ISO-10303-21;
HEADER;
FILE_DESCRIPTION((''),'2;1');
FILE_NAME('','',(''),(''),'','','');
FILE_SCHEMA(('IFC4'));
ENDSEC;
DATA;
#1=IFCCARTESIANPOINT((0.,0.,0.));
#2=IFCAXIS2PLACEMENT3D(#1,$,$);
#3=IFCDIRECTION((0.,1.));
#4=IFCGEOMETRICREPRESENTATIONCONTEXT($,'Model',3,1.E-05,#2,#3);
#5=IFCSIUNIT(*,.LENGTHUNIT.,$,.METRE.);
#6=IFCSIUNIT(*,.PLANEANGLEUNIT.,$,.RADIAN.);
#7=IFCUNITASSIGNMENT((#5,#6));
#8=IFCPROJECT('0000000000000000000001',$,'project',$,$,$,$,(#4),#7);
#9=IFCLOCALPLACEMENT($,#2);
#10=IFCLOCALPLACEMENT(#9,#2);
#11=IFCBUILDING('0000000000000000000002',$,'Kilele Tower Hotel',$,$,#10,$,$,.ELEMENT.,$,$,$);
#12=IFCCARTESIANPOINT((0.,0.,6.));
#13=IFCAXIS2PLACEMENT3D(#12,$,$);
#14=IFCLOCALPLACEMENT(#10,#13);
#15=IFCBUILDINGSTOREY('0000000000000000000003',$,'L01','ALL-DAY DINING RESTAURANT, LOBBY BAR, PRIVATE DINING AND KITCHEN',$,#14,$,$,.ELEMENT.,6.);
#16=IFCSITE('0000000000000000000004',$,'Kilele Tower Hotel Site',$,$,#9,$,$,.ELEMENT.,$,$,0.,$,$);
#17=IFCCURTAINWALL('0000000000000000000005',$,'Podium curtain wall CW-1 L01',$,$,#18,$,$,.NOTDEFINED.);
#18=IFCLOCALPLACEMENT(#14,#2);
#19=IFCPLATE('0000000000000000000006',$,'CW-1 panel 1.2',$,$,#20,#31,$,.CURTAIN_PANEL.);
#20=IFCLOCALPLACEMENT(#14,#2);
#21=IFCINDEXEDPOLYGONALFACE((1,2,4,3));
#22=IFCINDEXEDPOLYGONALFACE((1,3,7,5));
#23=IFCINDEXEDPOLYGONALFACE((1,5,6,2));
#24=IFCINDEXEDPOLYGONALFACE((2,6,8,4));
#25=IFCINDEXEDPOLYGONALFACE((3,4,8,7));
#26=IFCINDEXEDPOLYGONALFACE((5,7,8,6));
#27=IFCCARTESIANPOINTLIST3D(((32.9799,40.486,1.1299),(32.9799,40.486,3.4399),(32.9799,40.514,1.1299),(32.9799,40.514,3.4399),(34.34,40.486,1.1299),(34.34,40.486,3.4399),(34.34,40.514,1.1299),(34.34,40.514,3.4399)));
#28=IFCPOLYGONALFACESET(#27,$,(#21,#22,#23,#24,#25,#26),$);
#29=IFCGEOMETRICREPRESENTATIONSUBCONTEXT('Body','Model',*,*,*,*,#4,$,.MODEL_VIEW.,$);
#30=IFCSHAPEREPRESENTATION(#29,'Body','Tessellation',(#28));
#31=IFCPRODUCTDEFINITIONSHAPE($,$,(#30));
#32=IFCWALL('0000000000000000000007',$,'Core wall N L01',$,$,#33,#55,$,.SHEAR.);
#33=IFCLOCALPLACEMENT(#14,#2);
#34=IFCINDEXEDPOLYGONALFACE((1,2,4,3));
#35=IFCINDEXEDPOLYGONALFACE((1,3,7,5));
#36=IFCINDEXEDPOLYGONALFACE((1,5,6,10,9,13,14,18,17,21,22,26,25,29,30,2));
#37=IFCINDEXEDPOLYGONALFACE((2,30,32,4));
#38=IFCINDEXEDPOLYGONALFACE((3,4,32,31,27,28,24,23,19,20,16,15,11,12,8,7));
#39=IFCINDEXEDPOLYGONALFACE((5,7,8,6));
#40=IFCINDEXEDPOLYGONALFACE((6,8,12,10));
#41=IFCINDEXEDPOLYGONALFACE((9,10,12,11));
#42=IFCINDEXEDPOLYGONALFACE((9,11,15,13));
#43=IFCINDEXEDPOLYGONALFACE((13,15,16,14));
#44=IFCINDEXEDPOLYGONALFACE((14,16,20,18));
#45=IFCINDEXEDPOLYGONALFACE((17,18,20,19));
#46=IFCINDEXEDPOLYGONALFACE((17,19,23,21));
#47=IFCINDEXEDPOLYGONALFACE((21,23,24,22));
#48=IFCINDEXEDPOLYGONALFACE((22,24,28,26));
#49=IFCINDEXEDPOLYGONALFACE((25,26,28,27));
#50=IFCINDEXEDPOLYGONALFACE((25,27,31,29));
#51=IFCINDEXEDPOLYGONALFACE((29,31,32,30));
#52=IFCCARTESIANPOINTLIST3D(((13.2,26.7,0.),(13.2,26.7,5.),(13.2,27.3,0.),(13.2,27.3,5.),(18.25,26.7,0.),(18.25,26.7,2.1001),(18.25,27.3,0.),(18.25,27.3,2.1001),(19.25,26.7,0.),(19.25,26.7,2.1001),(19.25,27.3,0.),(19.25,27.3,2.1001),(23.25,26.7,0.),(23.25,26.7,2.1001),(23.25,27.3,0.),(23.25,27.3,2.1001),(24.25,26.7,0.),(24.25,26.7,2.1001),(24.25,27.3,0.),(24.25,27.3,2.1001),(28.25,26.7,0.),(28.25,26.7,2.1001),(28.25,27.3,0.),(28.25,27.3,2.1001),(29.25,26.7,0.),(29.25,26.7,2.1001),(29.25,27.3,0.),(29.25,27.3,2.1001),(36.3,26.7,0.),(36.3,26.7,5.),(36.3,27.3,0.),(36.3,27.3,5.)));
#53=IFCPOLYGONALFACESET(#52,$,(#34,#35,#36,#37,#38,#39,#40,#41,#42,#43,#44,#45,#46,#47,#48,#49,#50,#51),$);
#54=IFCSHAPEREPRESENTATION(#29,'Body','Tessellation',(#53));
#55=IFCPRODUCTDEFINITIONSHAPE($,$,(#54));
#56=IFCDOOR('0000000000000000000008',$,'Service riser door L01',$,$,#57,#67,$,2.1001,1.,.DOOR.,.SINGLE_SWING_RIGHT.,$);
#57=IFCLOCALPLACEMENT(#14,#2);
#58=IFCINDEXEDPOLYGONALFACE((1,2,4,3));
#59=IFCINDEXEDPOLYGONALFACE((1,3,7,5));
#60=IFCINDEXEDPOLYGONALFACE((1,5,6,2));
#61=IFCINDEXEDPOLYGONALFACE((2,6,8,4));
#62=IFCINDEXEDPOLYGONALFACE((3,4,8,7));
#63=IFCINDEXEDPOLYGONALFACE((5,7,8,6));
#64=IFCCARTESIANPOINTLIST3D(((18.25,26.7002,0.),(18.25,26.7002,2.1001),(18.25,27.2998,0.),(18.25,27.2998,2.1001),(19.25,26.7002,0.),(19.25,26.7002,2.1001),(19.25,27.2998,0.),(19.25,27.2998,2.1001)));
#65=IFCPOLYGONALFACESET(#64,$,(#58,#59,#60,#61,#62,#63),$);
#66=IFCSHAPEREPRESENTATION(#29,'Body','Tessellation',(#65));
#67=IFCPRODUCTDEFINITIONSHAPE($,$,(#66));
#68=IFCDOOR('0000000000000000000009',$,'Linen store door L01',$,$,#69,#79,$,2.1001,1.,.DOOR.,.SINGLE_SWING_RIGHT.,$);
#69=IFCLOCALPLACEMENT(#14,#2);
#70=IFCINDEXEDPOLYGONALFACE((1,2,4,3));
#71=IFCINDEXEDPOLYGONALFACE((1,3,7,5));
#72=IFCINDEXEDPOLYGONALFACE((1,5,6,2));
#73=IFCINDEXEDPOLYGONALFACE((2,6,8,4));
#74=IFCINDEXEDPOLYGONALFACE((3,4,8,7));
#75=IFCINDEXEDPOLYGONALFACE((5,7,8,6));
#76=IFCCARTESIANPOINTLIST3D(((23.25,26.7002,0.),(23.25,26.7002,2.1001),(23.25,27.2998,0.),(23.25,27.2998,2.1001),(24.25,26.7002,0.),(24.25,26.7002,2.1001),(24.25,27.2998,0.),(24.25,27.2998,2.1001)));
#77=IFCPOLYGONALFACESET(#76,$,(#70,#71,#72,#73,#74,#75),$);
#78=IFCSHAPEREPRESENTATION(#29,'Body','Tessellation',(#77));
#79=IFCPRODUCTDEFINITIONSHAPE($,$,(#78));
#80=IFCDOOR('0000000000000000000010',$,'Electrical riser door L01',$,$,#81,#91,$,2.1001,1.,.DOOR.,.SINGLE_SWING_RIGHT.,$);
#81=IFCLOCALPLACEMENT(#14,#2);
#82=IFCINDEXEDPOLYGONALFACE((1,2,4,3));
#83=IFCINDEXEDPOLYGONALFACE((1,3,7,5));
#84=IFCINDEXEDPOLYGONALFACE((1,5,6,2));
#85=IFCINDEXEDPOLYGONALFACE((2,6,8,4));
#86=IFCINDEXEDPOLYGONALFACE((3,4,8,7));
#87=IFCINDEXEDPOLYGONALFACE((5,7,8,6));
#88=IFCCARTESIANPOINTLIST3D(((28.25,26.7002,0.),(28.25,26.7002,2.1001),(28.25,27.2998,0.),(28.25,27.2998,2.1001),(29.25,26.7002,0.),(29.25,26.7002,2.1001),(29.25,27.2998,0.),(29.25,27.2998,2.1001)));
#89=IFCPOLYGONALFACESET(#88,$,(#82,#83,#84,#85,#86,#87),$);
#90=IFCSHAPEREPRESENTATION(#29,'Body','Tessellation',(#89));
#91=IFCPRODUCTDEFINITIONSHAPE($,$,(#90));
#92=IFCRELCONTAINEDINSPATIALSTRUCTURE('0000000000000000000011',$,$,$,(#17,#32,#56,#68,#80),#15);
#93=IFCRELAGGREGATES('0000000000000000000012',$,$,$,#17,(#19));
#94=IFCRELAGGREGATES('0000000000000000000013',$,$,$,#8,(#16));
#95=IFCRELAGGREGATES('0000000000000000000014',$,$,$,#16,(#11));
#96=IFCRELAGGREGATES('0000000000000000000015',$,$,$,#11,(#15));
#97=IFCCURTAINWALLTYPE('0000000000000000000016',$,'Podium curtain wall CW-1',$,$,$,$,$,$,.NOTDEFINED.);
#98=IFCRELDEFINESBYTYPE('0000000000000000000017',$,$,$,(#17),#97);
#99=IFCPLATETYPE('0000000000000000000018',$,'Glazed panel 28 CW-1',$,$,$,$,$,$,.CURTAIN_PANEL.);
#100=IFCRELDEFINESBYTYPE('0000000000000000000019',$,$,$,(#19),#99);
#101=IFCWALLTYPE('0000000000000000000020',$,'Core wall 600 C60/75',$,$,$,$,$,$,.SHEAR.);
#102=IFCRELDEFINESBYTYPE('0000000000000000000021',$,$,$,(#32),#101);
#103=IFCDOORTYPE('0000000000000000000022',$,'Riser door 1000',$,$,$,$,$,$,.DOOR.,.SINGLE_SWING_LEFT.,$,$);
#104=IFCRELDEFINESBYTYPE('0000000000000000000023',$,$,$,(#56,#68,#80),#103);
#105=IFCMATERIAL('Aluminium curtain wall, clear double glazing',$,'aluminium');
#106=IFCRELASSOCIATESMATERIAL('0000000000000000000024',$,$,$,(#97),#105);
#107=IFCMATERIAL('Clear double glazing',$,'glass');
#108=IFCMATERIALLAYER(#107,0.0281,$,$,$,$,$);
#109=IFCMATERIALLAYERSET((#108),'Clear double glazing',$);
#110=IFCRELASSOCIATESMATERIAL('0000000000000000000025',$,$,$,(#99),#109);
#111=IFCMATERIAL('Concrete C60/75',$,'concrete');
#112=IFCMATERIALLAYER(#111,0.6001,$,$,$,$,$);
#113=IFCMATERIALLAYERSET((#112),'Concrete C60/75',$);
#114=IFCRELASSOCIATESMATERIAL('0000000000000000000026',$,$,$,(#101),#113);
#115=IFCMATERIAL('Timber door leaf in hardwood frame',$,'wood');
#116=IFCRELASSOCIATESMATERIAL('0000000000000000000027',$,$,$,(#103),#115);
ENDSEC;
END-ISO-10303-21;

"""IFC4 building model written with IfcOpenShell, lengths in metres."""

from ifc_helpers import new_model, si_unit, direction, frame, frame_2d, origin, origin_2d, place, context, subcontext, project, spatial, rectangle, extrude, material, layer, layer_set, type_object, element, fill, aggregate, save


model = new_model("IFC4")

# Units and contexts
model_context = context("Model", 3, precision=1e-05, world=origin(), true_north=direction((0.0, 1.0)))
body_context = subcontext(model_context, "Body", "Model", "MODEL_VIEW")
ifc_project = project(units=[si_unit("LENGTHUNIT", "METRE"), si_unit("PLANEANGLEUNIT", "RADIAN")], contexts=[model_context])

# Site, building, storey
site_placement = place(None, origin())
site = spatial("IfcSite", under=ifc_project, at=site_placement, Name="Kilele Tower Hotel Site", CompositionType="ELEMENT", RefElevation=0.0)
building_placement = place(site_placement, origin())
building = spatial("IfcBuilding", under=site, at=building_placement, Name="Kilele Tower Hotel", CompositionType="ELEMENT")
storey_placement = place(building_placement, frame((0.0, 0.0, 6.0)))
storey = spatial("IfcBuildingStorey", under=building, at=storey_placement, Name="L01", Description="ALL-DAY DINING RESTAURANT, LOBBY BAR, PRIVATE DINING AND KITCHEN", CompositionType="ELEMENT", Elevation=6.0)

# Curtain wall
ifc_material_1 = material(Name="Aluminium curtain wall, clear double glazing", Category="aluminium")
curtain_wall_type = type_object("IfcCurtainWallType", Name="Podium curtain wall CW-1", PredefinedType="NOTDEFINED", material=ifc_material_1)
curtain_wall_placement = place(storey_placement, origin())
curtain_wall = element("IfcCurtainWall", 1, at=curtain_wall_placement, inside=storey, type_object=curtain_wall_type, Name="Podium curtain wall CW-1 L01", PredefinedType="NOTDEFINED")

# Plate
ifc_material_2 = material(Name="Clear double glazing", Category="glass")
ifc_layer_1 = layer(ifc_material_2, 0.0281)
ifc_layer_set_1 = layer_set([ifc_layer_1], Name="Clear double glazing")
plate_type = type_object("IfcPlateType", Name="Glazed panel 28 CW-1", PredefinedType="CURTAIN_PANEL", material=ifc_layer_set_1)
plate_1_placement = place(storey_placement, frame((33.6599, 40.5, 1.1299), z_axis=(0.0, 0.0, 1.0), x_axis=(-1.0, 0.0, 0.0)))
plate_1 = element("IfcPlate", 2, at=plate_1_placement, type_object=plate_type, Name="CW-1 panel 1.2", PredefinedType="CURTAIN_PANEL", context=body_context, shape_type="SweptSolid", body=[
    extrude(rectangle(XDim=1.3601, YDim=0.0281, at=origin_2d()), origin(), (0.0, 0.0, 1.0), 2.3101),
])
aggregate(curtain_wall, [plate_1])

# Wall, openings, doors
ifc_material_3 = material(Name="Concrete C60/75", Category="concrete")
ifc_layer_2 = layer(ifc_material_3, 0.6001)
ifc_layer_set_2 = layer_set([ifc_layer_2], Name="Concrete C60/75")
wall_type = type_object("IfcWallType", Name="Core wall 600 C60/75", PredefinedType="SHEAR", material=ifc_layer_set_2)
wall_placement = place(storey_placement, frame((36.3, 27.0, 0.0), z_axis=(0.0, 0.0, 1.0), x_axis=(-1.0, 0.0, 0.0)))
wall = element("IfcWall", 3, at=wall_placement, inside=storey, type_object=wall_type, Name="Core wall N L01", PredefinedType="SHEAR", context=body_context, shape_type="SweptSolid", body=[
    extrude(rectangle(XDim=23.1001, YDim=0.6001, at=frame_2d((11.55, 0.0))), origin(), (0.0, 0.0, 1.0), 5.0),
])
opening_1_placement = place(wall_placement, frame((17.05, 0.0, 0.0)))
opening_1 = element("IfcOpeningElement", 4, at=opening_1_placement, cuts=wall, PredefinedType="OPENING", context=body_context, shape_type="SweptSolid", body=[
    extrude(rectangle(XDim=1.0, YDim=2.1001, at=frame_2d((0.5, 1.05))), frame((0.0, 0.3101, 0.0), z_axis=(0.0, -1.0, 0.0), x_axis=(1.0, 0.0, 0.0)), (0.0, 0.0, 1.0), 0.6201),
])
opening_2_placement = place(wall_placement, frame((12.05, 0.0, 0.0)))
opening_2 = element("IfcOpeningElement", 5, at=opening_2_placement, cuts=wall, PredefinedType="OPENING", context=body_context, shape_type="SweptSolid", body=[
    extrude(rectangle(XDim=1.0, YDim=2.1001, at=frame_2d((0.5, 1.05))), frame((0.0, 0.3101, 0.0), z_axis=(0.0, -1.0, 0.0), x_axis=(1.0, 0.0, 0.0)), (0.0, 0.0, 1.0), 0.6201),
])
opening_3_placement = place(wall_placement, frame((7.05, 0.0, 0.0)))
opening_3 = element("IfcOpeningElement", 6, at=opening_3_placement, cuts=wall, PredefinedType="OPENING", context=body_context, shape_type="SweptSolid", body=[
    extrude(rectangle(XDim=1.0, YDim=2.1001, at=frame_2d((0.5, 1.05))), frame((0.0, 0.3101, 0.0), z_axis=(0.0, -1.0, 0.0), x_axis=(1.0, 0.0, 0.0)), (0.0, 0.0, 1.0), 0.6201),
])
ifc_material_4 = material(Name="Timber door leaf in hardwood frame", Category="wood")
door_type = type_object("IfcDoorType", Name="Riser door 1000", OperationType="SINGLE_SWING_LEFT", PredefinedType="DOOR", material=ifc_material_4)
door_1_placement = place(opening_1_placement, origin())
door_1 = element("IfcDoor", 7, at=door_1_placement, inside=storey, type_object=door_type, Name="Service riser door L01", OperationType="SINGLE_SWING_RIGHT", OverallHeight=2.1001, OverallWidth=1.0, PredefinedType="DOOR", context=body_context, shape_type="SweptSolid", body=[
    extrude(rectangle(XDim=1.0, YDim=2.1001, at=frame_2d((0.5, 1.05))), frame((0.0, 0.2998, 0.0), z_axis=(0.0, -1.0, 0.0), x_axis=(1.0, 0.0, 0.0)), (0.0, 0.0, 1.0), 0.5996),
])
fill(opening_1, door_1)
door_2_placement = place(opening_2_placement, origin())
door_2 = element("IfcDoor", 8, at=door_2_placement, inside=storey, type_object=door_type, Name="Linen store door L01", OperationType="SINGLE_SWING_RIGHT", OverallHeight=2.1001, OverallWidth=1.0, PredefinedType="DOOR", context=body_context, shape_type="SweptSolid", body=[
    extrude(rectangle(XDim=1.0, YDim=2.1001, at=frame_2d((0.5, 1.05))), frame((0.0, 0.2998, 0.0), z_axis=(0.0, -1.0, 0.0), x_axis=(1.0, 0.0, 0.0)), (0.0, 0.0, 1.0), 0.5996),
])
fill(opening_2, door_2)
door_3_placement = place(opening_3_placement, origin())
door_3 = element("IfcDoor", 9, at=door_3_placement, inside=storey, type_object=door_type, Name="Electrical riser door L01", OperationType="SINGLE_SWING_RIGHT", OverallHeight=2.1001, OverallWidth=1.0, PredefinedType="DOOR", context=body_context, shape_type="SweptSolid", body=[
    extrude(rectangle(XDim=1.0, YDim=2.1001, at=frame_2d((0.5, 1.05))), frame((0.0, 0.2998, 0.0), z_axis=(0.0, -1.0, 0.0), x_axis=(1.0, 0.0, 0.0)), (0.0, 0.0, 1.0), 0.5996),
])
fill(opening_3, door_3)

save(model, "model.ifc")
